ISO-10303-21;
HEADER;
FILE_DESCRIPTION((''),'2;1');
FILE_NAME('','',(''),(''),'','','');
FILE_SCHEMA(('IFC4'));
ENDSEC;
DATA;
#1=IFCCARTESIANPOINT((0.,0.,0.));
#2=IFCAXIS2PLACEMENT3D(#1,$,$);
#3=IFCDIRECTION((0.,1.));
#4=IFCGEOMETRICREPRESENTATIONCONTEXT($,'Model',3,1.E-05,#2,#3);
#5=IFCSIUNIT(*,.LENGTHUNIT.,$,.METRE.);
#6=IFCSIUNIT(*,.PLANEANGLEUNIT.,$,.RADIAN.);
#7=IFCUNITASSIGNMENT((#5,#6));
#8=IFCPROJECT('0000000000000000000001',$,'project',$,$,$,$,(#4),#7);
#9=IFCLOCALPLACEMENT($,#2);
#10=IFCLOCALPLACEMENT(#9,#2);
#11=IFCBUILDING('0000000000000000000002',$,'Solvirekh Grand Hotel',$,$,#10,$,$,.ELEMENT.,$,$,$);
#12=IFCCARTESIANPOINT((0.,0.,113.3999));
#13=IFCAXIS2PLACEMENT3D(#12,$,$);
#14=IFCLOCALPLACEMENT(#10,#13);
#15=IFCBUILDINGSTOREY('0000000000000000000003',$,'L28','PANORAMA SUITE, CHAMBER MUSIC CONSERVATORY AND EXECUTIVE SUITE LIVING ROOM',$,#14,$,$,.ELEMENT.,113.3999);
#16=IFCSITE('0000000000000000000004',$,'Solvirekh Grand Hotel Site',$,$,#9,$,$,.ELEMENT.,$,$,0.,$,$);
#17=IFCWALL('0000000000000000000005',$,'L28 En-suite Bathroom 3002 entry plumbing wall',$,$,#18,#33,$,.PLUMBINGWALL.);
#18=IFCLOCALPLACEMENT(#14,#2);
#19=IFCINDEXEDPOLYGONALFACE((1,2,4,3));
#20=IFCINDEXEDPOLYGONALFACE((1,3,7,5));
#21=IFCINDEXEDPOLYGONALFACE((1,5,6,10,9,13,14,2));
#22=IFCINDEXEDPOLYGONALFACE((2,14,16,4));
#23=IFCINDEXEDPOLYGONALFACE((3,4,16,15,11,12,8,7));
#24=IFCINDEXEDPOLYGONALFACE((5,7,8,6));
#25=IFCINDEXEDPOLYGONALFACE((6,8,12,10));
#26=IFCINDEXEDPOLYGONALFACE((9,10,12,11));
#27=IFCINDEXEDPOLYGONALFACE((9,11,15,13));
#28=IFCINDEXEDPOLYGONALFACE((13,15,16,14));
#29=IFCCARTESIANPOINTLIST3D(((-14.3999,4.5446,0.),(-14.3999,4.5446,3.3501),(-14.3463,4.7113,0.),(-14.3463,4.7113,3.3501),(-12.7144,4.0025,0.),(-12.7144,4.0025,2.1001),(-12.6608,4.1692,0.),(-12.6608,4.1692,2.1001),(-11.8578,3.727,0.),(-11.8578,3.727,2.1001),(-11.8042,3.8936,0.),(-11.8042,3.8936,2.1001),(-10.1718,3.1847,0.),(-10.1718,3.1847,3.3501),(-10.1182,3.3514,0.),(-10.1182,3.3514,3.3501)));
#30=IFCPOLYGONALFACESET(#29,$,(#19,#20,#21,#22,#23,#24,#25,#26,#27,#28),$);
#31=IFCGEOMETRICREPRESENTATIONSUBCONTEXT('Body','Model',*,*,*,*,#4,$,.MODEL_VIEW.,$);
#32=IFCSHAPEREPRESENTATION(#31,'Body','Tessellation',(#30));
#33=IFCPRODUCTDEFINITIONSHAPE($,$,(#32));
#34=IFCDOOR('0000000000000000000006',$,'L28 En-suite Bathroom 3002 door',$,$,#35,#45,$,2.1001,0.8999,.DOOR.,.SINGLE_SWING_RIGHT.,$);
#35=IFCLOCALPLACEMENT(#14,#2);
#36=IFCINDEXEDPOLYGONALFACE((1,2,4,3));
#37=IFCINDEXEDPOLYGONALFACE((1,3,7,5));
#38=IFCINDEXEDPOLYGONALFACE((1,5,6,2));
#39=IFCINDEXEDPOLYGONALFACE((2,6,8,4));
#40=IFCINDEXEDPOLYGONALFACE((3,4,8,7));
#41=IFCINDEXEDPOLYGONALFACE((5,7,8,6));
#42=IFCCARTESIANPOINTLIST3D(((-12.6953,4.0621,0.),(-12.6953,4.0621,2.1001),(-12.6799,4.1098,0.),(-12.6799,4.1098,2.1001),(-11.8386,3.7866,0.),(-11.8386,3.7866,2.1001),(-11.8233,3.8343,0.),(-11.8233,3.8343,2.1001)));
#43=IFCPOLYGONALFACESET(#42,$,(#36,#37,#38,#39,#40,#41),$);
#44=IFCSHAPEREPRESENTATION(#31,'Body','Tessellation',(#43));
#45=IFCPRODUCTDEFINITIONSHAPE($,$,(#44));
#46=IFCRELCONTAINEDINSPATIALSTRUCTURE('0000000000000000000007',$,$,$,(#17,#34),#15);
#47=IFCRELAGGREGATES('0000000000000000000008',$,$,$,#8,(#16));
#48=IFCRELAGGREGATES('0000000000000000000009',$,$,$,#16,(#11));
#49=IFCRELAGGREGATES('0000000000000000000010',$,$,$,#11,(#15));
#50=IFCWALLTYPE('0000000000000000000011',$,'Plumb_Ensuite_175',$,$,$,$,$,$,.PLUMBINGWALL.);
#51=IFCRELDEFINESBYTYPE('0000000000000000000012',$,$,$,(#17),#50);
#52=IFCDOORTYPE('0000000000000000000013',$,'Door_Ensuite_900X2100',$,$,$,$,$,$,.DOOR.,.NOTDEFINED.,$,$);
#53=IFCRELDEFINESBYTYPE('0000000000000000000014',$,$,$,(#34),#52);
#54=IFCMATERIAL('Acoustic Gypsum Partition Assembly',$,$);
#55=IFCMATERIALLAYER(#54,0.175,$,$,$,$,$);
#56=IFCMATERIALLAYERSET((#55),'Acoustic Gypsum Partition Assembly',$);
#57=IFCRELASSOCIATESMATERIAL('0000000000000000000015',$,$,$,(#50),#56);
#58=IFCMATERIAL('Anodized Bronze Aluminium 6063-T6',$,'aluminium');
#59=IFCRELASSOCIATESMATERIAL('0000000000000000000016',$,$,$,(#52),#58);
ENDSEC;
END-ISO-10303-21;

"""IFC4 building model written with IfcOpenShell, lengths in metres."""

from ifc_helpers import new_model, si_unit, direction, frame, frame_2d, origin, place, context, subcontext, project, spatial, rectangle, extrude, material, layer, layer_set, type_object, element, fill, save


model = new_model("IFC4")

# Units and contexts
model_context = context("Model", 3, precision=1e-05, world=origin(), true_north=direction((0.0, 1.0)))
body_context = subcontext(model_context, "Body", "Model", "MODEL_VIEW")
ifc_project = project(units=[si_unit("LENGTHUNIT", "METRE"), si_unit("PLANEANGLEUNIT", "RADIAN")], contexts=[model_context])

# Site, building, storey
site_placement = place(None, origin())
site = spatial("IfcSite", under=ifc_project, at=site_placement, Name="Solvirekh Grand Hotel Site", CompositionType="ELEMENT", RefElevation=0.0)
building_placement = place(site_placement, origin())
building = spatial("IfcBuilding", under=site, at=building_placement, Name="Solvirekh Grand Hotel", CompositionType="ELEMENT")
storey_placement = place(building_placement, frame((0.0, 0.0, 113.3999)))
storey = spatial("IfcBuildingStorey", under=building, at=storey_placement, Name="L28", Description="PANORAMA SUITE, CHAMBER MUSIC CONSERVATORY AND EXECUTIVE SUITE LIVING ROOM", CompositionType="ELEMENT", Elevation=113.3999)

# Shared definitions
ifc_material_1 = material(Name="Anodized Bronze Aluminium 6063-T6", Category="aluminium")

# Shared definitions
ifc_material_2 = material(Name="Acoustic Gypsum Partition Assembly")

# Shared definitions
ifc_layer_1 = layer(ifc_material_2, 0.175)
ifc_layer_set_1 = layer_set([ifc_layer_1], Name="Acoustic Gypsum Partition Assembly")
wall_type_1 = type_object("IfcWallType", Name="Plumb_Ensuite_175", PredefinedType="PLUMBINGWALL", material=ifc_layer_set_1)

# Wall, opening, door
wall_1_placement = place(storey_placement, frame((-10.145, 3.2681, 0.0), z_axis=(0.0, 0.0, 1.0), x_axis=(-0.951972, 0.306184, 0.0)))
wall_1 = element("IfcWall", 1, at=wall_1_placement, inside=storey, type_object=wall_type_1, Name="L28 En-suite Bathroom 3002 entry plumbing wall", PredefinedType="PLUMBINGWALL", context=body_context, shape_type="SweptSolid", body=[
    extrude(rectangle(XDim=4.4414, YDim=0.175, at=frame_2d((2.2207, 0.0))), origin(), (0.0, 0.0, 1.0), 3.3501),
])
opening_1_placement = place(wall_1_placement, frame((1.771, 0.0, 0.0)))
opening_1 = element("IfcOpeningElement", 2, at=opening_1_placement, cuts=wall_1, PredefinedType="OPENING", context=body_context, shape_type="SweptSolid", body=[
    extrude(rectangle(XDim=0.8999, YDim=2.1001, at=frame_2d((0.45, 1.05))), frame((0.0, 0.0977, 0.0), z_axis=(0.0, -1.0, 0.0), x_axis=(1.0, 0.0, 0.0)), (0.0, 0.0, 1.0), 0.1951),
])
door_type_1 = type_object("IfcDoorType", Name="Door_Ensuite_900X2100", OperationType="NOTDEFINED", PredefinedType="DOOR", material=ifc_material_1)
door_1_placement = place(opening_1_placement, origin())
door_1 = element("IfcDoor", 3, at=door_1_placement, inside=storey, type_object=door_type_1, Name="L28 En-suite Bathroom 3002 door", OperationType="SINGLE_SWING_RIGHT", OverallHeight=2.1001, OverallWidth=0.8999, PredefinedType="DOOR", context=body_context, shape_type="SweptSolid", body=[
    extrude(rectangle(XDim=0.8999, YDim=2.1001, at=frame_2d((0.45, 1.05))), frame((0.0, 0.0249, 0.0), z_axis=(0.0, -1.0, 0.0), x_axis=(1.0, 0.0, 0.0)), (0.0, 0.0, 1.0), 0.05),
])
fill(opening_1, door_1)

save(model, "model.ifc")
